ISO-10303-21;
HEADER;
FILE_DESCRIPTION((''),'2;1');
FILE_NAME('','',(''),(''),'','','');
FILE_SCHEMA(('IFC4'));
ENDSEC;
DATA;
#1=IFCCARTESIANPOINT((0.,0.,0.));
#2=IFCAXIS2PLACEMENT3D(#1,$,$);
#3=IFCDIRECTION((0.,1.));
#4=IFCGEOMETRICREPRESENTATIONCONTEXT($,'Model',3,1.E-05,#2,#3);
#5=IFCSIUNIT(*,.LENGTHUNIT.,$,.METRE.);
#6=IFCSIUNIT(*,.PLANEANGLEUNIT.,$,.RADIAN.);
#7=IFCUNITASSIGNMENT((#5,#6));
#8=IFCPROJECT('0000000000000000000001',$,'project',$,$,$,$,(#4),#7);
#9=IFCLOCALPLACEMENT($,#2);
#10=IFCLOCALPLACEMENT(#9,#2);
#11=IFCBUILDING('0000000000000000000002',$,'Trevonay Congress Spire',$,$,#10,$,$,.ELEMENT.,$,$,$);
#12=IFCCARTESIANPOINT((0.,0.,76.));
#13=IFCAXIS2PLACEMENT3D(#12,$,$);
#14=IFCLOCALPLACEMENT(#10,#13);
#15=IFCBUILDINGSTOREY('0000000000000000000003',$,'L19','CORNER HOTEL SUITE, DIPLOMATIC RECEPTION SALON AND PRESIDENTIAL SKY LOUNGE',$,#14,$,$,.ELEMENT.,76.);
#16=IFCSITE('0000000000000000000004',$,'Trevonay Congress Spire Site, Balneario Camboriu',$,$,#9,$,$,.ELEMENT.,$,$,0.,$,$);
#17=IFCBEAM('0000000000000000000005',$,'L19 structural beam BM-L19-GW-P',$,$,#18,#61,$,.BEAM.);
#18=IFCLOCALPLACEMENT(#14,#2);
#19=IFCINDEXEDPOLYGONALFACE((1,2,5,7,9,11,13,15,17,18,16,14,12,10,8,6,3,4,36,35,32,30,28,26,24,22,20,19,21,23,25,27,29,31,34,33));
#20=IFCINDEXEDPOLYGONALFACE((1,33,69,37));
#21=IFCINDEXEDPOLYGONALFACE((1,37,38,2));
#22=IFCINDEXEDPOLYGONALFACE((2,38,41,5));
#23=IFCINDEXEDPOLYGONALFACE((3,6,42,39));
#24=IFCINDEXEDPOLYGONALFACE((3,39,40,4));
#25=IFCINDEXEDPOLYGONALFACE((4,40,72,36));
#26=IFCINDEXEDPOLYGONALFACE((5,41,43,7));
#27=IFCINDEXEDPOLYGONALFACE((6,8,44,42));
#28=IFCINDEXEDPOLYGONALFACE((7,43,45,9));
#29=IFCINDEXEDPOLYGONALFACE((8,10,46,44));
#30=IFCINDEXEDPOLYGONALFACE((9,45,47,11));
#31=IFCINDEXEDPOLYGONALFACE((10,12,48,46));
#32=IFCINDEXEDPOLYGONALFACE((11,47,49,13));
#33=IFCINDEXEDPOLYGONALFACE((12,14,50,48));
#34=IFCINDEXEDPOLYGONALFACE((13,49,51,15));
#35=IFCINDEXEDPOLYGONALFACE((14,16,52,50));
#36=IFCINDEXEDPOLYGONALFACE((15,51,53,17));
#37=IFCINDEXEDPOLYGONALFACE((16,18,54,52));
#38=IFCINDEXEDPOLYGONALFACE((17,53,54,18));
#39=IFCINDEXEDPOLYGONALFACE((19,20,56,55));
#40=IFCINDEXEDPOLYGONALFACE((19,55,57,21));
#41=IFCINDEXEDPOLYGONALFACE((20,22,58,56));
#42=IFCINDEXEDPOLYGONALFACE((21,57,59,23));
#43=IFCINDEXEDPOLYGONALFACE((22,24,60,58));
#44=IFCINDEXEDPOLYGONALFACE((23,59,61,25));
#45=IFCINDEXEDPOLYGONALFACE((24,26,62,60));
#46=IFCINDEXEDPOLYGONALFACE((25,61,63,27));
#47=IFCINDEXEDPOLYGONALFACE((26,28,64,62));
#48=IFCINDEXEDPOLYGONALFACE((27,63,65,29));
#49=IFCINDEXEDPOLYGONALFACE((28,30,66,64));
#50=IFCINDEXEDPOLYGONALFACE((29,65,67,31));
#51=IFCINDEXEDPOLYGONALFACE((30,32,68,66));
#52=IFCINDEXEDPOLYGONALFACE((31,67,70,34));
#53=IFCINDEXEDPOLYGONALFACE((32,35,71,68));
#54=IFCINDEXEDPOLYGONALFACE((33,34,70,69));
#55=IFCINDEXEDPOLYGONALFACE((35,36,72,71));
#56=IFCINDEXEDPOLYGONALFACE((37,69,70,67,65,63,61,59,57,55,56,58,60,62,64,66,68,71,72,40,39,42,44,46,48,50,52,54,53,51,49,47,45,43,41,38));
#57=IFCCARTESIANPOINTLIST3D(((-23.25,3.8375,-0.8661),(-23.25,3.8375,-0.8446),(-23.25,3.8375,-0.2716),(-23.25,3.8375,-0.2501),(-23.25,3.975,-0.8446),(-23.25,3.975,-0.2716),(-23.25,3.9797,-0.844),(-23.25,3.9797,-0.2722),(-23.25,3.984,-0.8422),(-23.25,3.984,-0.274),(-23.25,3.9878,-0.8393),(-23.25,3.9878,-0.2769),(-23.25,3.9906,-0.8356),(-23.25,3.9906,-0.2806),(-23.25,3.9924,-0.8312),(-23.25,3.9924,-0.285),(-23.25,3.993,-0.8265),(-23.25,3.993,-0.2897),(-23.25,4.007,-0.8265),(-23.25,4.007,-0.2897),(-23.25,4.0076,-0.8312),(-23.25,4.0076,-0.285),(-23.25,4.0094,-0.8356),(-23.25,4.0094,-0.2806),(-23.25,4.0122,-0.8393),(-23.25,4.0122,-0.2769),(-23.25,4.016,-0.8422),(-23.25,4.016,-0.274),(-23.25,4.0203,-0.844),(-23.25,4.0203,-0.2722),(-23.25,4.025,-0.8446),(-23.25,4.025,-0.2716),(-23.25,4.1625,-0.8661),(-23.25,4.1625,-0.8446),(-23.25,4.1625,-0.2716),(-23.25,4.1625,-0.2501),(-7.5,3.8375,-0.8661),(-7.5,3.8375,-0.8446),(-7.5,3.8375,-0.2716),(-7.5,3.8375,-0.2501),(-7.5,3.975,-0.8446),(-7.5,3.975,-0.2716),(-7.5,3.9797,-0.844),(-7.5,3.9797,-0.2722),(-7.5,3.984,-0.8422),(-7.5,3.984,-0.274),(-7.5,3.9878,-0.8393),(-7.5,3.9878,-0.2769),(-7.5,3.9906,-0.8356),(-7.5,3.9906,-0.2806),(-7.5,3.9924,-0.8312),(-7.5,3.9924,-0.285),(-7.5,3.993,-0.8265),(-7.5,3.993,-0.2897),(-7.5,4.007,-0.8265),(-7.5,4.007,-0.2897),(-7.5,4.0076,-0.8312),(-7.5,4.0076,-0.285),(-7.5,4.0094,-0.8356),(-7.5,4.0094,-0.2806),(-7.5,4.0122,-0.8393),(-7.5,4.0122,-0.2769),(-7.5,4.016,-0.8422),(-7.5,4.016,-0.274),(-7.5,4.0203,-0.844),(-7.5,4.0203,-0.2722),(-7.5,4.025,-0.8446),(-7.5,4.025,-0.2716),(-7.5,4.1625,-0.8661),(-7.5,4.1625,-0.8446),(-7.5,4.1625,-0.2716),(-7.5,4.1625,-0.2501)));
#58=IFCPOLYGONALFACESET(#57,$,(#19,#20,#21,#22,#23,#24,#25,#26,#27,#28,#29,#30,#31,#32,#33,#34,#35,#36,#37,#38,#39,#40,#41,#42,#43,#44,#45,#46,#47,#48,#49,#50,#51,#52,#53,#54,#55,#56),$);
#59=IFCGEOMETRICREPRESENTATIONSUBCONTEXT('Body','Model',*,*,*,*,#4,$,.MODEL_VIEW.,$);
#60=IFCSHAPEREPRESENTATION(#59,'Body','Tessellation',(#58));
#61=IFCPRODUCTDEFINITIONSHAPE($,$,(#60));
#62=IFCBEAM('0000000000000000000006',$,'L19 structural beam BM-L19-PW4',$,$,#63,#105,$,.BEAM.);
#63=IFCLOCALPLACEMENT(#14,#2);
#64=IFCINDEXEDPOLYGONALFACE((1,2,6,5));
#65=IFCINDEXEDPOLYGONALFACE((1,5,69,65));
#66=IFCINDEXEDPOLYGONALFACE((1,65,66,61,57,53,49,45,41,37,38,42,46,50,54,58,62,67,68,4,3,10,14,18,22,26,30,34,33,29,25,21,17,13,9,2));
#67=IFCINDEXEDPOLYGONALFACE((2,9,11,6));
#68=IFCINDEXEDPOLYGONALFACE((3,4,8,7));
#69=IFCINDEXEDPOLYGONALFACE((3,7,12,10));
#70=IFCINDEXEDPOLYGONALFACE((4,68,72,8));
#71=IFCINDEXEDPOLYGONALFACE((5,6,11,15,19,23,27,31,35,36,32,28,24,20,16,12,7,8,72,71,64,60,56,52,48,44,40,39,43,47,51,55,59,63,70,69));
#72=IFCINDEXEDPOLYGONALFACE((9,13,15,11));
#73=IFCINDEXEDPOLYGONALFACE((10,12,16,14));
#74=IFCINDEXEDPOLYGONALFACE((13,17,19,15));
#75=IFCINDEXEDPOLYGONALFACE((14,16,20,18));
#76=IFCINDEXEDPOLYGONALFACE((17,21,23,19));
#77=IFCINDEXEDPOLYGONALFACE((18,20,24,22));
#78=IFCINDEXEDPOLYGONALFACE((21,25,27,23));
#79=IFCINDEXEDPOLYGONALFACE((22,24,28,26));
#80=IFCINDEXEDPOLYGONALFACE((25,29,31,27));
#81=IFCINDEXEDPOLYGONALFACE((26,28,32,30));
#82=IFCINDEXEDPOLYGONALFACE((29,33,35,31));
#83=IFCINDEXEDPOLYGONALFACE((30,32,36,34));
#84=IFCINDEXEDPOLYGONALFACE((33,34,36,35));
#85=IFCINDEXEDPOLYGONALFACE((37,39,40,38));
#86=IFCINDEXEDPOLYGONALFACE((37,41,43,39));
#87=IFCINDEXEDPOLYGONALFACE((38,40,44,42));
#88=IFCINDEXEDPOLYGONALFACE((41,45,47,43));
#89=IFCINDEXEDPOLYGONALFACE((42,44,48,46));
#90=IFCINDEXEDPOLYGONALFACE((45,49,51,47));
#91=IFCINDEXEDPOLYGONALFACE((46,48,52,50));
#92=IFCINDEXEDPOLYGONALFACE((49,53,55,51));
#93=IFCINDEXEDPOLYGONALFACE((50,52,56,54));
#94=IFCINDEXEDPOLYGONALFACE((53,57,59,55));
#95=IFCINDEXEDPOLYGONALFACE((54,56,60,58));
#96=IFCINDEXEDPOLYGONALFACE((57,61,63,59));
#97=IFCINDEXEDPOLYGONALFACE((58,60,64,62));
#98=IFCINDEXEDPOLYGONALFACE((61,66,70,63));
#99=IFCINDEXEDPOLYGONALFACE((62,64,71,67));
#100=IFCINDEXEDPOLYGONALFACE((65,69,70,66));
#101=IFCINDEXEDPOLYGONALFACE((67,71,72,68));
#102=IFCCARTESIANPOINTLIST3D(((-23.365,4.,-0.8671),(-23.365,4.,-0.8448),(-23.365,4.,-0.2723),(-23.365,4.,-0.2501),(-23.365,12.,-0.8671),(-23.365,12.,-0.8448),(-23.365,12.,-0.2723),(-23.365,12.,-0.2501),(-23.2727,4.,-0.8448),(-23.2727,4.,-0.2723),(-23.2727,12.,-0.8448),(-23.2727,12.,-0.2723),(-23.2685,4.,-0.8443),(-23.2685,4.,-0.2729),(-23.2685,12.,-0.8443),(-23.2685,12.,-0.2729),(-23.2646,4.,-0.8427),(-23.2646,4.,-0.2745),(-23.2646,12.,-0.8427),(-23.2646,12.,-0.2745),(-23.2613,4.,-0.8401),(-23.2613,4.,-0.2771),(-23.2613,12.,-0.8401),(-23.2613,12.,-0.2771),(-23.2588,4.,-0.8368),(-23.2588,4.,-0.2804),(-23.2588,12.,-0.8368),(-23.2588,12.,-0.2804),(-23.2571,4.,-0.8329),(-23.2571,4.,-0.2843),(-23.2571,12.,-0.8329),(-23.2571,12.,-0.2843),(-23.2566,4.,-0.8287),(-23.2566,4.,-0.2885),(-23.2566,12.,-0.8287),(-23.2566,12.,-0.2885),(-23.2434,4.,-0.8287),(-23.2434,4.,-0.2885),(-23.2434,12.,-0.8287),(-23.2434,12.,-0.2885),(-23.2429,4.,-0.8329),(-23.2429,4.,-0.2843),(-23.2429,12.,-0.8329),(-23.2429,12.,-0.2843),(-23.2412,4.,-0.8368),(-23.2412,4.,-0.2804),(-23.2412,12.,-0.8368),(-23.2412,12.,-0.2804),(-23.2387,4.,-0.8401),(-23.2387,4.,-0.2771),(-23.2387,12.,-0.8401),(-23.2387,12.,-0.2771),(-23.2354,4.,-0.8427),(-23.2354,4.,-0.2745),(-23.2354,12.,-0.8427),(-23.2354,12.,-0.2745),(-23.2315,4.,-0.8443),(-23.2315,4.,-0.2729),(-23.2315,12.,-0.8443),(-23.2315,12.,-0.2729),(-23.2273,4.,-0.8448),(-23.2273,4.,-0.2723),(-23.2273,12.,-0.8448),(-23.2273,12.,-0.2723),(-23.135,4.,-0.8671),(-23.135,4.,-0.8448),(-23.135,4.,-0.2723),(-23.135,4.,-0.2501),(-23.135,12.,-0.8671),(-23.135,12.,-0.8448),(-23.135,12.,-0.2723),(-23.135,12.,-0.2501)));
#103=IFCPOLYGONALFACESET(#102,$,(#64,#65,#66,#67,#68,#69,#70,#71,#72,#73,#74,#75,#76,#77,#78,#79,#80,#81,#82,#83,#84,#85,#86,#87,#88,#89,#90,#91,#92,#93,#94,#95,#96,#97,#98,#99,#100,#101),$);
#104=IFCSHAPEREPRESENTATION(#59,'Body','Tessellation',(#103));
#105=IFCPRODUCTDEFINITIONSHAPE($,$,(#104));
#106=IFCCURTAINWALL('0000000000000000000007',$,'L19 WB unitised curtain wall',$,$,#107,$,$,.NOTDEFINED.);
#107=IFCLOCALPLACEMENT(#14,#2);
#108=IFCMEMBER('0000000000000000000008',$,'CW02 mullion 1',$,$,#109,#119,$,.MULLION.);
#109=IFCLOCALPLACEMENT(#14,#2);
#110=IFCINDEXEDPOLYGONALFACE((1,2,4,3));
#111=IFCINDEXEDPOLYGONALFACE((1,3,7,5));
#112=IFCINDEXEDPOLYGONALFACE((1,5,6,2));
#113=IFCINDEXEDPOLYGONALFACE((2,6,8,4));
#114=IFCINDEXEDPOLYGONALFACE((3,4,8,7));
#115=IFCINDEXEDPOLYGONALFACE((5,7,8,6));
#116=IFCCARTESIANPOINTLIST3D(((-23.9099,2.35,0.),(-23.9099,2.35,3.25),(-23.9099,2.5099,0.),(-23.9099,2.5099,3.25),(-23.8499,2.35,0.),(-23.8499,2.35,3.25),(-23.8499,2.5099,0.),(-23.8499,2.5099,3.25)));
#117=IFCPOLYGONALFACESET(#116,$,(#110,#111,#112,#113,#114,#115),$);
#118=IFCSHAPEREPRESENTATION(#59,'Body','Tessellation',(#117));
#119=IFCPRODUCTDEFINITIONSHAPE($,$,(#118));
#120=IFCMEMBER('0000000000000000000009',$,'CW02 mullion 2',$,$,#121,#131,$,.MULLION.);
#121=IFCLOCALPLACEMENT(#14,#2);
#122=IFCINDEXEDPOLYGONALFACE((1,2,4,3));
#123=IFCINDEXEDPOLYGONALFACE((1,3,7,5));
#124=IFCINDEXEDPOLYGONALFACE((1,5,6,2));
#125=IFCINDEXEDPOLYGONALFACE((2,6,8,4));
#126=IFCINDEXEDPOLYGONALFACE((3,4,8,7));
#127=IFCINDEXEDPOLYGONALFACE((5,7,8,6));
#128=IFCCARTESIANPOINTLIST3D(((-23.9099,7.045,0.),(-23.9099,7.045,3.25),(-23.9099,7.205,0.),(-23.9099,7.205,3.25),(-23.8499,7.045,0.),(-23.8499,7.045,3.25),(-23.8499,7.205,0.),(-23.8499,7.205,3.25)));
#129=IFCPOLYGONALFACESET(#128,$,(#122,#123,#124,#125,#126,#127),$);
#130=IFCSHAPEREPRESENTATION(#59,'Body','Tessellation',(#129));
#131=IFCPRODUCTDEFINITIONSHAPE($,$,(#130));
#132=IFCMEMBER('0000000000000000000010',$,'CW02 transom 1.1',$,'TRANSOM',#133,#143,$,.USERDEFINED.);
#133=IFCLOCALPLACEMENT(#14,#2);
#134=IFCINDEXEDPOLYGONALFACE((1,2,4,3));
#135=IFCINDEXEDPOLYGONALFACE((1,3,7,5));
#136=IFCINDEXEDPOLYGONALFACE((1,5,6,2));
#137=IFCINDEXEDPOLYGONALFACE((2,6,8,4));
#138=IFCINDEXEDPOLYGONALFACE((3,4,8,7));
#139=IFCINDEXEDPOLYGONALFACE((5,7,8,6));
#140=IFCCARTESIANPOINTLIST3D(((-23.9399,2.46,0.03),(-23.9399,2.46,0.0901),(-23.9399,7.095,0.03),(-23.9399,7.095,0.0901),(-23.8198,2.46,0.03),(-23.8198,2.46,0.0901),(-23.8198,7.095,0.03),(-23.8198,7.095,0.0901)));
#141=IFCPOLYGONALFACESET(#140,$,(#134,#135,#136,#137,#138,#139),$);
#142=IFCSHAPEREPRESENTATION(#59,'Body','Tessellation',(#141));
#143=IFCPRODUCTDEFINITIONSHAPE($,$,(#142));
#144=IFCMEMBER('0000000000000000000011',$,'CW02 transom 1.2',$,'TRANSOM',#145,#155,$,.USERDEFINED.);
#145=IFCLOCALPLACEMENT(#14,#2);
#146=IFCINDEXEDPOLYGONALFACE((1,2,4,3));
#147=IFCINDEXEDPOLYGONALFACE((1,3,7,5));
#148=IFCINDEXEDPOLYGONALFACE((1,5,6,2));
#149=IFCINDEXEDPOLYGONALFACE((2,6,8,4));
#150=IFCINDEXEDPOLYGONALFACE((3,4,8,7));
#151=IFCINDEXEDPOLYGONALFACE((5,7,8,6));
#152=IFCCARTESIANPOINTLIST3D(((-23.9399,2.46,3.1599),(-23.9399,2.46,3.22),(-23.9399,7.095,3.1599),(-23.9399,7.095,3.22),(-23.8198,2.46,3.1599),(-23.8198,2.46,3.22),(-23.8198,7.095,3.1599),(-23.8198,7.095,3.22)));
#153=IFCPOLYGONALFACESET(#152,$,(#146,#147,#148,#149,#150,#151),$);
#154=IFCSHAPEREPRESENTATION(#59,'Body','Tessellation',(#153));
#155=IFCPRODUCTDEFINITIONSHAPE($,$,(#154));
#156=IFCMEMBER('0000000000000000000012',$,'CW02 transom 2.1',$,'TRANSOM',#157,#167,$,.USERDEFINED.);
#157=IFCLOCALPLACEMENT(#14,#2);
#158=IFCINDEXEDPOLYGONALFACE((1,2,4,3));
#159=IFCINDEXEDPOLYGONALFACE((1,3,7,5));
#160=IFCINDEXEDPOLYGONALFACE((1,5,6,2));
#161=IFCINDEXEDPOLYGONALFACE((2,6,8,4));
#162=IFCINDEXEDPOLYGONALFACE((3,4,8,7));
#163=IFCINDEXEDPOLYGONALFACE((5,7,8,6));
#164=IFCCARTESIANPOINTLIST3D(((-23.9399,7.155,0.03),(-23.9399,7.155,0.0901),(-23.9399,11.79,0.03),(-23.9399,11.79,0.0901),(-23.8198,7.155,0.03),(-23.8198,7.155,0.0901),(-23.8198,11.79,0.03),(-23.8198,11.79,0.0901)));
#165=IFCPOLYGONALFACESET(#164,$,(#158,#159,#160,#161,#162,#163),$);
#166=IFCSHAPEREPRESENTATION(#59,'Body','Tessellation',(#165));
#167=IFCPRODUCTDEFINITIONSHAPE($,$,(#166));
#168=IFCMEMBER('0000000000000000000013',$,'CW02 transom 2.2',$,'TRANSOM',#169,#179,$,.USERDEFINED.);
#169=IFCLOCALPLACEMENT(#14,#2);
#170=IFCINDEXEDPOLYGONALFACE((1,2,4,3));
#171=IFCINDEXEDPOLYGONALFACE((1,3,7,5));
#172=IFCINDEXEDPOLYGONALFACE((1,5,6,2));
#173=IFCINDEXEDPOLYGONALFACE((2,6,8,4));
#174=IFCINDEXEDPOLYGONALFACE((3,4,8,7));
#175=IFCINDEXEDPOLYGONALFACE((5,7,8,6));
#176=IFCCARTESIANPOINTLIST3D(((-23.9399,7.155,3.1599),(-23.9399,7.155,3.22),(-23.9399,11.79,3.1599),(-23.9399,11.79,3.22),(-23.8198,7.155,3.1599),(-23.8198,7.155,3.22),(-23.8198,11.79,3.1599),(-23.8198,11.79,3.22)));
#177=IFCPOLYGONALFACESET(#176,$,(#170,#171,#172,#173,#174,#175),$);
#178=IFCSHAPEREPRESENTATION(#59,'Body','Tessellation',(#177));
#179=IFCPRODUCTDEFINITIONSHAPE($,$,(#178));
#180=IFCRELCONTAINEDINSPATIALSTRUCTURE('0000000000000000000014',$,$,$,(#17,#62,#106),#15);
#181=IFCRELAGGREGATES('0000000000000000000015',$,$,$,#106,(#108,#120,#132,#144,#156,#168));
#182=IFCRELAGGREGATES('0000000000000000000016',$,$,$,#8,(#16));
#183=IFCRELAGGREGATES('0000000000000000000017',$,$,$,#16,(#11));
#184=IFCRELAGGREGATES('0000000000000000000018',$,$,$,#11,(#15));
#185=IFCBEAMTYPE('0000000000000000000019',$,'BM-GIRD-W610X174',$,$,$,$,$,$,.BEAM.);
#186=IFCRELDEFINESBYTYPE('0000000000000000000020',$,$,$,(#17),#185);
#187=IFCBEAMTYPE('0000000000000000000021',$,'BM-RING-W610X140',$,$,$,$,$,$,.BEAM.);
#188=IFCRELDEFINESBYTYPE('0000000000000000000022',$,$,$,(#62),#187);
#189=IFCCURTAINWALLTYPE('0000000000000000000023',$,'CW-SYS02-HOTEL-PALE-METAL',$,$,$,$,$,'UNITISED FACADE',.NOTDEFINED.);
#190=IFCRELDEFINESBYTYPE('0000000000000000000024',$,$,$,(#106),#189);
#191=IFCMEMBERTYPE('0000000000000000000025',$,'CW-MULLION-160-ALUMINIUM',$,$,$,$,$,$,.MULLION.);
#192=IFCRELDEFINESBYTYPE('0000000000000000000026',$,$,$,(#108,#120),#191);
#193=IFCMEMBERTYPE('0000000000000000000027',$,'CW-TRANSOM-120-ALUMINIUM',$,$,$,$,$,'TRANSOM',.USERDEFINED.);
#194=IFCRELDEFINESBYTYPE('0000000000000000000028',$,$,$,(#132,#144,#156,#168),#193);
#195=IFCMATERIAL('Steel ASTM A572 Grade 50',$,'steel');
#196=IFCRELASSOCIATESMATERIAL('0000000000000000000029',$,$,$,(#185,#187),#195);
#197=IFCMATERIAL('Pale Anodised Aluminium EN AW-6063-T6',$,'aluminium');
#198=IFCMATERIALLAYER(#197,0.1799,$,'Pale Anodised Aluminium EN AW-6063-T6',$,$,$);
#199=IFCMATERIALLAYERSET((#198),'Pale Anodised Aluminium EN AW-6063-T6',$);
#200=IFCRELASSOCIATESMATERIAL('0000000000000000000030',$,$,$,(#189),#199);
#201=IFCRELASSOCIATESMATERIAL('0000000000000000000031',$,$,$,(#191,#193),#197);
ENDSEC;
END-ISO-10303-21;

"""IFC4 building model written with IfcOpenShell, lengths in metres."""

from ifc_helpers import new_model, si_unit, direction, frame, origin, origin_2d, place, context, subcontext, project, spatial, rectangle, i_section, extrude, material, layer, layer_set, material_profile, profile_set, type_object, element, aggregate, save


model = new_model("IFC4")

# Units and contexts
model_context = context("Model", 3, precision=1e-05, world=origin(), true_north=direction((0.0, 1.0)))
body_context = subcontext(model_context, "Body", "Model", "MODEL_VIEW")
ifc_project = project(units=[si_unit("LENGTHUNIT", "METRE"), si_unit("PLANEANGLEUNIT", "RADIAN")], contexts=[model_context])

# Site, building, storey
site_placement = place(None, origin())
site = spatial("IfcSite", under=ifc_project, at=site_placement, Name="Trevonay Congress Spire Site, Balneario Camboriu", CompositionType="ELEMENT", RefElevation=0.0)
building_placement = place(site_placement, origin())
building = spatial("IfcBuilding", under=site, at=building_placement, Name="Trevonay Congress Spire", CompositionType="ELEMENT")
storey_placement = place(building_placement, frame((0.0, 0.0, 76.0)))
storey = spatial("IfcBuildingStorey", under=building, at=storey_placement, Name="L19", Description="CORNER HOTEL SUITE, DIPLOMATIC RECEPTION SALON AND PRESIDENTIAL SKY LOUNGE", CompositionType="ELEMENT", Elevation=76.0)

# Shared definitions
ifc_material_1 = material(Name="Steel ASTM A572 Grade 50", Category="steel")

# Beams
ifc_material_profile_1 = material_profile(ifc_material_1, i_section(OverallWidth=0.325, OverallDepth=0.616, WebThickness=0.0139, FlangeThickness=0.0215, FilletRadius=0.0181, at=origin_2d()), Name="W610x174")
ifc_profile_set_1 = profile_set([ifc_material_profile_1], Name="Steel ASTM A572 Grade 50")
beam_type_1 = type_object("IfcBeamType", Name="BM-GIRD-W610X174", PredefinedType="BEAM", material=ifc_profile_set_1)
beam_1_placement = place(storey_placement, frame((-7.5, 4.0, -0.5581), z_axis=(-1.0, 0.0, 0.0), x_axis=(0.0, -1.0, 0.0)))
element("IfcBeam", 1, at=beam_1_placement, inside=storey, type_object=beam_type_1, Name="L19 structural beam BM-L19-GW-P", PredefinedType="BEAM", context=body_context, shape_type="SweptSolid", body=[
    extrude(i_section(OverallWidth=0.325, OverallDepth=0.616, WebThickness=0.0139, FlangeThickness=0.0215, FilletRadius=0.0181, at=origin_2d()), origin(), (0.0, 0.0, 1.0), 15.75),
])
ifc_material_profile_2 = material_profile(ifc_material_1, i_section(OverallWidth=0.23, OverallDepth=0.6169, WebThickness=0.0132, FlangeThickness=0.0222, FilletRadius=0.0161, at=origin_2d()), Name="W610x140")
ifc_profile_set_2 = profile_set([ifc_material_profile_2], Name="Steel ASTM A572 Grade 50")
beam_type_2 = type_object("IfcBeamType", Name="BM-RING-W610X140", PredefinedType="BEAM", material=ifc_profile_set_2)
beam_2_placement = place(storey_placement, frame((-23.25, 4.0, -0.5586), z_axis=(0.0, 1.0, 0.0), x_axis=(-1.0, 0.0, 0.0)))
element("IfcBeam", 2, at=beam_2_placement, inside=storey, type_object=beam_type_2, Name="L19 structural beam BM-L19-PW4", PredefinedType="BEAM", context=body_context, shape_type="SweptSolid", body=[
    extrude(i_section(OverallWidth=0.23, OverallDepth=0.6169, WebThickness=0.0132, FlangeThickness=0.0222, FilletRadius=0.0161, at=origin_2d()), origin(), (0.0, 0.0, 1.0), 8.0),
])

# Curtain wall, members
ifc_material_2 = material(Name="Pale Anodised Aluminium EN AW-6063-T6", Category="aluminium")
ifc_layer_1 = layer(ifc_material_2, 0.1799, Name="Pale Anodised Aluminium EN AW-6063-T6")
ifc_layer_set_1 = layer_set([ifc_layer_1], Name="Pale Anodised Aluminium EN AW-6063-T6")
curtain_wall_type = type_object("IfcCurtainWallType", Name="CW-SYS02-HOTEL-PALE-METAL", ElementType="UNITISED FACADE", PredefinedType="NOTDEFINED", material=ifc_layer_set_1)
curtain_wall_placement = place(storey_placement, origin())
curtain_wall = element("IfcCurtainWall", 3, at=curtain_wall_placement, inside=storey, type_object=curtain_wall_type, Name="L19 WB unitised curtain wall", PredefinedType="NOTDEFINED")
ifc_material_profile_3 = material_profile(ifc_material_2, rectangle(XDim=0.0601, YDim=0.1599, at=origin_2d()), Name="CW-MULLION-160-ALUMINIUM")
ifc_profile_set_3 = profile_set([ifc_material_profile_3], Name="Pale Anodised Aluminium EN AW-6063-T6")
member_type_1 = type_object("IfcMemberType", Name="CW-MULLION-160-ALUMINIUM", PredefinedType="MULLION", material=ifc_profile_set_3)
member_1_placement = place(storey_placement, frame((-23.8799, 2.4299, 0.0), z_axis=(0.0, 0.0, 1.0), x_axis=(-1.0, 0.0, 0.0)))
member_1 = element("IfcMember", 4, at=member_1_placement, type_object=member_type_1, Name="CW02 mullion 1", PredefinedType="MULLION", context=body_context, shape_type="SweptSolid", body=[
    extrude(rectangle(XDim=0.0601, YDim=0.1599, at=origin_2d()), origin(), (0.0, 0.0, 1.0), 3.25),
])
member_2_placement = place(storey_placement, frame((-23.8799, 7.125, 0.0), z_axis=(0.0, 0.0, 1.0), x_axis=(-1.0, 0.0, 0.0)))
member_2 = element("IfcMember", 5, at=member_2_placement, type_object=member_type_1, Name="CW02 mullion 2", PredefinedType="MULLION", context=body_context, shape_type="SweptSolid", body=[
    extrude(rectangle(XDim=0.0601, YDim=0.1599, at=origin_2d()), origin(), (0.0, 0.0, 1.0), 3.25),
])
ifc_material_profile_4 = material_profile(ifc_material_2, rectangle(XDim=0.1201, YDim=0.0601, at=origin_2d()), Name="CW-TRANSOM-120-ALUMINIUM")
ifc_profile_set_4 = profile_set([ifc_material_profile_4], Name="Pale Anodised Aluminium EN AW-6063-T6")
member_type_2 = type_object("IfcMemberType", Name="CW-TRANSOM-120-ALUMINIUM", ElementType="TRANSOM", PredefinedType="USERDEFINED", material=ifc_profile_set_4)
member_3_placement = place(storey_placement, frame((-23.8799, 2.46, 0.0601), z_axis=(0.0, 1.0, 0.0), x_axis=(-1.0, 0.0, 0.0)))
member_3 = element("IfcMember", 6, at=member_3_placement, type_object=member_type_2, Name="CW02 transom 1.1", ObjectType="TRANSOM", PredefinedType="USERDEFINED", context=body_context, shape_type="SweptSolid", body=[
    extrude(rectangle(XDim=0.1201, YDim=0.0601, at=origin_2d()), origin(), (0.0, 0.0, 1.0), 4.635),
])
member_4_placement = place(storey_placement, frame((-23.8799, 2.46, 3.1899), z_axis=(0.0, 1.0, 0.0), x_axis=(-1.0, 0.0, 0.0)))
member_4 = element("IfcMember", 7, at=member_4_placement, type_object=member_type_2, Name="CW02 transom 1.2", ObjectType="TRANSOM", PredefinedType="USERDEFINED", context=body_context, shape_type="SweptSolid", body=[
    extrude(rectangle(XDim=0.1201, YDim=0.0601, at=origin_2d()), origin(), (0.0, 0.0, 1.0), 4.635),
])
member_5_placement = place(storey_placement, frame((-23.8799, 7.155, 0.0601), z_axis=(0.0, 1.0, 0.0), x_axis=(-1.0, 0.0, 0.0)))
member_5 = element("IfcMember", 8, at=member_5_placement, type_object=member_type_2, Name="CW02 transom 2.1", ObjectType="TRANSOM", PredefinedType="USERDEFINED", context=body_context, shape_type="SweptSolid", body=[
    extrude(rectangle(XDim=0.1201, YDim=0.0601, at=origin_2d()), origin(), (0.0, 0.0, 1.0), 4.635),
])
member_6_placement = place(storey_placement, frame((-23.8799, 7.155, 3.1899), z_axis=(0.0, 1.0, 0.0), x_axis=(-1.0, 0.0, 0.0)))
member_6 = element("IfcMember", 9, at=member_6_placement, type_object=member_type_2, Name="CW02 transom 2.2", ObjectType="TRANSOM", PredefinedType="USERDEFINED", context=body_context, shape_type="SweptSolid", body=[
    extrude(rectangle(XDim=0.1201, YDim=0.0601, at=origin_2d()), origin(), (0.0, 0.0, 1.0), 4.635),
])
aggregate(curtain_wall, [member_1, member_2, member_3, member_4, member_5, member_6])

save(model, "model.ifc")
